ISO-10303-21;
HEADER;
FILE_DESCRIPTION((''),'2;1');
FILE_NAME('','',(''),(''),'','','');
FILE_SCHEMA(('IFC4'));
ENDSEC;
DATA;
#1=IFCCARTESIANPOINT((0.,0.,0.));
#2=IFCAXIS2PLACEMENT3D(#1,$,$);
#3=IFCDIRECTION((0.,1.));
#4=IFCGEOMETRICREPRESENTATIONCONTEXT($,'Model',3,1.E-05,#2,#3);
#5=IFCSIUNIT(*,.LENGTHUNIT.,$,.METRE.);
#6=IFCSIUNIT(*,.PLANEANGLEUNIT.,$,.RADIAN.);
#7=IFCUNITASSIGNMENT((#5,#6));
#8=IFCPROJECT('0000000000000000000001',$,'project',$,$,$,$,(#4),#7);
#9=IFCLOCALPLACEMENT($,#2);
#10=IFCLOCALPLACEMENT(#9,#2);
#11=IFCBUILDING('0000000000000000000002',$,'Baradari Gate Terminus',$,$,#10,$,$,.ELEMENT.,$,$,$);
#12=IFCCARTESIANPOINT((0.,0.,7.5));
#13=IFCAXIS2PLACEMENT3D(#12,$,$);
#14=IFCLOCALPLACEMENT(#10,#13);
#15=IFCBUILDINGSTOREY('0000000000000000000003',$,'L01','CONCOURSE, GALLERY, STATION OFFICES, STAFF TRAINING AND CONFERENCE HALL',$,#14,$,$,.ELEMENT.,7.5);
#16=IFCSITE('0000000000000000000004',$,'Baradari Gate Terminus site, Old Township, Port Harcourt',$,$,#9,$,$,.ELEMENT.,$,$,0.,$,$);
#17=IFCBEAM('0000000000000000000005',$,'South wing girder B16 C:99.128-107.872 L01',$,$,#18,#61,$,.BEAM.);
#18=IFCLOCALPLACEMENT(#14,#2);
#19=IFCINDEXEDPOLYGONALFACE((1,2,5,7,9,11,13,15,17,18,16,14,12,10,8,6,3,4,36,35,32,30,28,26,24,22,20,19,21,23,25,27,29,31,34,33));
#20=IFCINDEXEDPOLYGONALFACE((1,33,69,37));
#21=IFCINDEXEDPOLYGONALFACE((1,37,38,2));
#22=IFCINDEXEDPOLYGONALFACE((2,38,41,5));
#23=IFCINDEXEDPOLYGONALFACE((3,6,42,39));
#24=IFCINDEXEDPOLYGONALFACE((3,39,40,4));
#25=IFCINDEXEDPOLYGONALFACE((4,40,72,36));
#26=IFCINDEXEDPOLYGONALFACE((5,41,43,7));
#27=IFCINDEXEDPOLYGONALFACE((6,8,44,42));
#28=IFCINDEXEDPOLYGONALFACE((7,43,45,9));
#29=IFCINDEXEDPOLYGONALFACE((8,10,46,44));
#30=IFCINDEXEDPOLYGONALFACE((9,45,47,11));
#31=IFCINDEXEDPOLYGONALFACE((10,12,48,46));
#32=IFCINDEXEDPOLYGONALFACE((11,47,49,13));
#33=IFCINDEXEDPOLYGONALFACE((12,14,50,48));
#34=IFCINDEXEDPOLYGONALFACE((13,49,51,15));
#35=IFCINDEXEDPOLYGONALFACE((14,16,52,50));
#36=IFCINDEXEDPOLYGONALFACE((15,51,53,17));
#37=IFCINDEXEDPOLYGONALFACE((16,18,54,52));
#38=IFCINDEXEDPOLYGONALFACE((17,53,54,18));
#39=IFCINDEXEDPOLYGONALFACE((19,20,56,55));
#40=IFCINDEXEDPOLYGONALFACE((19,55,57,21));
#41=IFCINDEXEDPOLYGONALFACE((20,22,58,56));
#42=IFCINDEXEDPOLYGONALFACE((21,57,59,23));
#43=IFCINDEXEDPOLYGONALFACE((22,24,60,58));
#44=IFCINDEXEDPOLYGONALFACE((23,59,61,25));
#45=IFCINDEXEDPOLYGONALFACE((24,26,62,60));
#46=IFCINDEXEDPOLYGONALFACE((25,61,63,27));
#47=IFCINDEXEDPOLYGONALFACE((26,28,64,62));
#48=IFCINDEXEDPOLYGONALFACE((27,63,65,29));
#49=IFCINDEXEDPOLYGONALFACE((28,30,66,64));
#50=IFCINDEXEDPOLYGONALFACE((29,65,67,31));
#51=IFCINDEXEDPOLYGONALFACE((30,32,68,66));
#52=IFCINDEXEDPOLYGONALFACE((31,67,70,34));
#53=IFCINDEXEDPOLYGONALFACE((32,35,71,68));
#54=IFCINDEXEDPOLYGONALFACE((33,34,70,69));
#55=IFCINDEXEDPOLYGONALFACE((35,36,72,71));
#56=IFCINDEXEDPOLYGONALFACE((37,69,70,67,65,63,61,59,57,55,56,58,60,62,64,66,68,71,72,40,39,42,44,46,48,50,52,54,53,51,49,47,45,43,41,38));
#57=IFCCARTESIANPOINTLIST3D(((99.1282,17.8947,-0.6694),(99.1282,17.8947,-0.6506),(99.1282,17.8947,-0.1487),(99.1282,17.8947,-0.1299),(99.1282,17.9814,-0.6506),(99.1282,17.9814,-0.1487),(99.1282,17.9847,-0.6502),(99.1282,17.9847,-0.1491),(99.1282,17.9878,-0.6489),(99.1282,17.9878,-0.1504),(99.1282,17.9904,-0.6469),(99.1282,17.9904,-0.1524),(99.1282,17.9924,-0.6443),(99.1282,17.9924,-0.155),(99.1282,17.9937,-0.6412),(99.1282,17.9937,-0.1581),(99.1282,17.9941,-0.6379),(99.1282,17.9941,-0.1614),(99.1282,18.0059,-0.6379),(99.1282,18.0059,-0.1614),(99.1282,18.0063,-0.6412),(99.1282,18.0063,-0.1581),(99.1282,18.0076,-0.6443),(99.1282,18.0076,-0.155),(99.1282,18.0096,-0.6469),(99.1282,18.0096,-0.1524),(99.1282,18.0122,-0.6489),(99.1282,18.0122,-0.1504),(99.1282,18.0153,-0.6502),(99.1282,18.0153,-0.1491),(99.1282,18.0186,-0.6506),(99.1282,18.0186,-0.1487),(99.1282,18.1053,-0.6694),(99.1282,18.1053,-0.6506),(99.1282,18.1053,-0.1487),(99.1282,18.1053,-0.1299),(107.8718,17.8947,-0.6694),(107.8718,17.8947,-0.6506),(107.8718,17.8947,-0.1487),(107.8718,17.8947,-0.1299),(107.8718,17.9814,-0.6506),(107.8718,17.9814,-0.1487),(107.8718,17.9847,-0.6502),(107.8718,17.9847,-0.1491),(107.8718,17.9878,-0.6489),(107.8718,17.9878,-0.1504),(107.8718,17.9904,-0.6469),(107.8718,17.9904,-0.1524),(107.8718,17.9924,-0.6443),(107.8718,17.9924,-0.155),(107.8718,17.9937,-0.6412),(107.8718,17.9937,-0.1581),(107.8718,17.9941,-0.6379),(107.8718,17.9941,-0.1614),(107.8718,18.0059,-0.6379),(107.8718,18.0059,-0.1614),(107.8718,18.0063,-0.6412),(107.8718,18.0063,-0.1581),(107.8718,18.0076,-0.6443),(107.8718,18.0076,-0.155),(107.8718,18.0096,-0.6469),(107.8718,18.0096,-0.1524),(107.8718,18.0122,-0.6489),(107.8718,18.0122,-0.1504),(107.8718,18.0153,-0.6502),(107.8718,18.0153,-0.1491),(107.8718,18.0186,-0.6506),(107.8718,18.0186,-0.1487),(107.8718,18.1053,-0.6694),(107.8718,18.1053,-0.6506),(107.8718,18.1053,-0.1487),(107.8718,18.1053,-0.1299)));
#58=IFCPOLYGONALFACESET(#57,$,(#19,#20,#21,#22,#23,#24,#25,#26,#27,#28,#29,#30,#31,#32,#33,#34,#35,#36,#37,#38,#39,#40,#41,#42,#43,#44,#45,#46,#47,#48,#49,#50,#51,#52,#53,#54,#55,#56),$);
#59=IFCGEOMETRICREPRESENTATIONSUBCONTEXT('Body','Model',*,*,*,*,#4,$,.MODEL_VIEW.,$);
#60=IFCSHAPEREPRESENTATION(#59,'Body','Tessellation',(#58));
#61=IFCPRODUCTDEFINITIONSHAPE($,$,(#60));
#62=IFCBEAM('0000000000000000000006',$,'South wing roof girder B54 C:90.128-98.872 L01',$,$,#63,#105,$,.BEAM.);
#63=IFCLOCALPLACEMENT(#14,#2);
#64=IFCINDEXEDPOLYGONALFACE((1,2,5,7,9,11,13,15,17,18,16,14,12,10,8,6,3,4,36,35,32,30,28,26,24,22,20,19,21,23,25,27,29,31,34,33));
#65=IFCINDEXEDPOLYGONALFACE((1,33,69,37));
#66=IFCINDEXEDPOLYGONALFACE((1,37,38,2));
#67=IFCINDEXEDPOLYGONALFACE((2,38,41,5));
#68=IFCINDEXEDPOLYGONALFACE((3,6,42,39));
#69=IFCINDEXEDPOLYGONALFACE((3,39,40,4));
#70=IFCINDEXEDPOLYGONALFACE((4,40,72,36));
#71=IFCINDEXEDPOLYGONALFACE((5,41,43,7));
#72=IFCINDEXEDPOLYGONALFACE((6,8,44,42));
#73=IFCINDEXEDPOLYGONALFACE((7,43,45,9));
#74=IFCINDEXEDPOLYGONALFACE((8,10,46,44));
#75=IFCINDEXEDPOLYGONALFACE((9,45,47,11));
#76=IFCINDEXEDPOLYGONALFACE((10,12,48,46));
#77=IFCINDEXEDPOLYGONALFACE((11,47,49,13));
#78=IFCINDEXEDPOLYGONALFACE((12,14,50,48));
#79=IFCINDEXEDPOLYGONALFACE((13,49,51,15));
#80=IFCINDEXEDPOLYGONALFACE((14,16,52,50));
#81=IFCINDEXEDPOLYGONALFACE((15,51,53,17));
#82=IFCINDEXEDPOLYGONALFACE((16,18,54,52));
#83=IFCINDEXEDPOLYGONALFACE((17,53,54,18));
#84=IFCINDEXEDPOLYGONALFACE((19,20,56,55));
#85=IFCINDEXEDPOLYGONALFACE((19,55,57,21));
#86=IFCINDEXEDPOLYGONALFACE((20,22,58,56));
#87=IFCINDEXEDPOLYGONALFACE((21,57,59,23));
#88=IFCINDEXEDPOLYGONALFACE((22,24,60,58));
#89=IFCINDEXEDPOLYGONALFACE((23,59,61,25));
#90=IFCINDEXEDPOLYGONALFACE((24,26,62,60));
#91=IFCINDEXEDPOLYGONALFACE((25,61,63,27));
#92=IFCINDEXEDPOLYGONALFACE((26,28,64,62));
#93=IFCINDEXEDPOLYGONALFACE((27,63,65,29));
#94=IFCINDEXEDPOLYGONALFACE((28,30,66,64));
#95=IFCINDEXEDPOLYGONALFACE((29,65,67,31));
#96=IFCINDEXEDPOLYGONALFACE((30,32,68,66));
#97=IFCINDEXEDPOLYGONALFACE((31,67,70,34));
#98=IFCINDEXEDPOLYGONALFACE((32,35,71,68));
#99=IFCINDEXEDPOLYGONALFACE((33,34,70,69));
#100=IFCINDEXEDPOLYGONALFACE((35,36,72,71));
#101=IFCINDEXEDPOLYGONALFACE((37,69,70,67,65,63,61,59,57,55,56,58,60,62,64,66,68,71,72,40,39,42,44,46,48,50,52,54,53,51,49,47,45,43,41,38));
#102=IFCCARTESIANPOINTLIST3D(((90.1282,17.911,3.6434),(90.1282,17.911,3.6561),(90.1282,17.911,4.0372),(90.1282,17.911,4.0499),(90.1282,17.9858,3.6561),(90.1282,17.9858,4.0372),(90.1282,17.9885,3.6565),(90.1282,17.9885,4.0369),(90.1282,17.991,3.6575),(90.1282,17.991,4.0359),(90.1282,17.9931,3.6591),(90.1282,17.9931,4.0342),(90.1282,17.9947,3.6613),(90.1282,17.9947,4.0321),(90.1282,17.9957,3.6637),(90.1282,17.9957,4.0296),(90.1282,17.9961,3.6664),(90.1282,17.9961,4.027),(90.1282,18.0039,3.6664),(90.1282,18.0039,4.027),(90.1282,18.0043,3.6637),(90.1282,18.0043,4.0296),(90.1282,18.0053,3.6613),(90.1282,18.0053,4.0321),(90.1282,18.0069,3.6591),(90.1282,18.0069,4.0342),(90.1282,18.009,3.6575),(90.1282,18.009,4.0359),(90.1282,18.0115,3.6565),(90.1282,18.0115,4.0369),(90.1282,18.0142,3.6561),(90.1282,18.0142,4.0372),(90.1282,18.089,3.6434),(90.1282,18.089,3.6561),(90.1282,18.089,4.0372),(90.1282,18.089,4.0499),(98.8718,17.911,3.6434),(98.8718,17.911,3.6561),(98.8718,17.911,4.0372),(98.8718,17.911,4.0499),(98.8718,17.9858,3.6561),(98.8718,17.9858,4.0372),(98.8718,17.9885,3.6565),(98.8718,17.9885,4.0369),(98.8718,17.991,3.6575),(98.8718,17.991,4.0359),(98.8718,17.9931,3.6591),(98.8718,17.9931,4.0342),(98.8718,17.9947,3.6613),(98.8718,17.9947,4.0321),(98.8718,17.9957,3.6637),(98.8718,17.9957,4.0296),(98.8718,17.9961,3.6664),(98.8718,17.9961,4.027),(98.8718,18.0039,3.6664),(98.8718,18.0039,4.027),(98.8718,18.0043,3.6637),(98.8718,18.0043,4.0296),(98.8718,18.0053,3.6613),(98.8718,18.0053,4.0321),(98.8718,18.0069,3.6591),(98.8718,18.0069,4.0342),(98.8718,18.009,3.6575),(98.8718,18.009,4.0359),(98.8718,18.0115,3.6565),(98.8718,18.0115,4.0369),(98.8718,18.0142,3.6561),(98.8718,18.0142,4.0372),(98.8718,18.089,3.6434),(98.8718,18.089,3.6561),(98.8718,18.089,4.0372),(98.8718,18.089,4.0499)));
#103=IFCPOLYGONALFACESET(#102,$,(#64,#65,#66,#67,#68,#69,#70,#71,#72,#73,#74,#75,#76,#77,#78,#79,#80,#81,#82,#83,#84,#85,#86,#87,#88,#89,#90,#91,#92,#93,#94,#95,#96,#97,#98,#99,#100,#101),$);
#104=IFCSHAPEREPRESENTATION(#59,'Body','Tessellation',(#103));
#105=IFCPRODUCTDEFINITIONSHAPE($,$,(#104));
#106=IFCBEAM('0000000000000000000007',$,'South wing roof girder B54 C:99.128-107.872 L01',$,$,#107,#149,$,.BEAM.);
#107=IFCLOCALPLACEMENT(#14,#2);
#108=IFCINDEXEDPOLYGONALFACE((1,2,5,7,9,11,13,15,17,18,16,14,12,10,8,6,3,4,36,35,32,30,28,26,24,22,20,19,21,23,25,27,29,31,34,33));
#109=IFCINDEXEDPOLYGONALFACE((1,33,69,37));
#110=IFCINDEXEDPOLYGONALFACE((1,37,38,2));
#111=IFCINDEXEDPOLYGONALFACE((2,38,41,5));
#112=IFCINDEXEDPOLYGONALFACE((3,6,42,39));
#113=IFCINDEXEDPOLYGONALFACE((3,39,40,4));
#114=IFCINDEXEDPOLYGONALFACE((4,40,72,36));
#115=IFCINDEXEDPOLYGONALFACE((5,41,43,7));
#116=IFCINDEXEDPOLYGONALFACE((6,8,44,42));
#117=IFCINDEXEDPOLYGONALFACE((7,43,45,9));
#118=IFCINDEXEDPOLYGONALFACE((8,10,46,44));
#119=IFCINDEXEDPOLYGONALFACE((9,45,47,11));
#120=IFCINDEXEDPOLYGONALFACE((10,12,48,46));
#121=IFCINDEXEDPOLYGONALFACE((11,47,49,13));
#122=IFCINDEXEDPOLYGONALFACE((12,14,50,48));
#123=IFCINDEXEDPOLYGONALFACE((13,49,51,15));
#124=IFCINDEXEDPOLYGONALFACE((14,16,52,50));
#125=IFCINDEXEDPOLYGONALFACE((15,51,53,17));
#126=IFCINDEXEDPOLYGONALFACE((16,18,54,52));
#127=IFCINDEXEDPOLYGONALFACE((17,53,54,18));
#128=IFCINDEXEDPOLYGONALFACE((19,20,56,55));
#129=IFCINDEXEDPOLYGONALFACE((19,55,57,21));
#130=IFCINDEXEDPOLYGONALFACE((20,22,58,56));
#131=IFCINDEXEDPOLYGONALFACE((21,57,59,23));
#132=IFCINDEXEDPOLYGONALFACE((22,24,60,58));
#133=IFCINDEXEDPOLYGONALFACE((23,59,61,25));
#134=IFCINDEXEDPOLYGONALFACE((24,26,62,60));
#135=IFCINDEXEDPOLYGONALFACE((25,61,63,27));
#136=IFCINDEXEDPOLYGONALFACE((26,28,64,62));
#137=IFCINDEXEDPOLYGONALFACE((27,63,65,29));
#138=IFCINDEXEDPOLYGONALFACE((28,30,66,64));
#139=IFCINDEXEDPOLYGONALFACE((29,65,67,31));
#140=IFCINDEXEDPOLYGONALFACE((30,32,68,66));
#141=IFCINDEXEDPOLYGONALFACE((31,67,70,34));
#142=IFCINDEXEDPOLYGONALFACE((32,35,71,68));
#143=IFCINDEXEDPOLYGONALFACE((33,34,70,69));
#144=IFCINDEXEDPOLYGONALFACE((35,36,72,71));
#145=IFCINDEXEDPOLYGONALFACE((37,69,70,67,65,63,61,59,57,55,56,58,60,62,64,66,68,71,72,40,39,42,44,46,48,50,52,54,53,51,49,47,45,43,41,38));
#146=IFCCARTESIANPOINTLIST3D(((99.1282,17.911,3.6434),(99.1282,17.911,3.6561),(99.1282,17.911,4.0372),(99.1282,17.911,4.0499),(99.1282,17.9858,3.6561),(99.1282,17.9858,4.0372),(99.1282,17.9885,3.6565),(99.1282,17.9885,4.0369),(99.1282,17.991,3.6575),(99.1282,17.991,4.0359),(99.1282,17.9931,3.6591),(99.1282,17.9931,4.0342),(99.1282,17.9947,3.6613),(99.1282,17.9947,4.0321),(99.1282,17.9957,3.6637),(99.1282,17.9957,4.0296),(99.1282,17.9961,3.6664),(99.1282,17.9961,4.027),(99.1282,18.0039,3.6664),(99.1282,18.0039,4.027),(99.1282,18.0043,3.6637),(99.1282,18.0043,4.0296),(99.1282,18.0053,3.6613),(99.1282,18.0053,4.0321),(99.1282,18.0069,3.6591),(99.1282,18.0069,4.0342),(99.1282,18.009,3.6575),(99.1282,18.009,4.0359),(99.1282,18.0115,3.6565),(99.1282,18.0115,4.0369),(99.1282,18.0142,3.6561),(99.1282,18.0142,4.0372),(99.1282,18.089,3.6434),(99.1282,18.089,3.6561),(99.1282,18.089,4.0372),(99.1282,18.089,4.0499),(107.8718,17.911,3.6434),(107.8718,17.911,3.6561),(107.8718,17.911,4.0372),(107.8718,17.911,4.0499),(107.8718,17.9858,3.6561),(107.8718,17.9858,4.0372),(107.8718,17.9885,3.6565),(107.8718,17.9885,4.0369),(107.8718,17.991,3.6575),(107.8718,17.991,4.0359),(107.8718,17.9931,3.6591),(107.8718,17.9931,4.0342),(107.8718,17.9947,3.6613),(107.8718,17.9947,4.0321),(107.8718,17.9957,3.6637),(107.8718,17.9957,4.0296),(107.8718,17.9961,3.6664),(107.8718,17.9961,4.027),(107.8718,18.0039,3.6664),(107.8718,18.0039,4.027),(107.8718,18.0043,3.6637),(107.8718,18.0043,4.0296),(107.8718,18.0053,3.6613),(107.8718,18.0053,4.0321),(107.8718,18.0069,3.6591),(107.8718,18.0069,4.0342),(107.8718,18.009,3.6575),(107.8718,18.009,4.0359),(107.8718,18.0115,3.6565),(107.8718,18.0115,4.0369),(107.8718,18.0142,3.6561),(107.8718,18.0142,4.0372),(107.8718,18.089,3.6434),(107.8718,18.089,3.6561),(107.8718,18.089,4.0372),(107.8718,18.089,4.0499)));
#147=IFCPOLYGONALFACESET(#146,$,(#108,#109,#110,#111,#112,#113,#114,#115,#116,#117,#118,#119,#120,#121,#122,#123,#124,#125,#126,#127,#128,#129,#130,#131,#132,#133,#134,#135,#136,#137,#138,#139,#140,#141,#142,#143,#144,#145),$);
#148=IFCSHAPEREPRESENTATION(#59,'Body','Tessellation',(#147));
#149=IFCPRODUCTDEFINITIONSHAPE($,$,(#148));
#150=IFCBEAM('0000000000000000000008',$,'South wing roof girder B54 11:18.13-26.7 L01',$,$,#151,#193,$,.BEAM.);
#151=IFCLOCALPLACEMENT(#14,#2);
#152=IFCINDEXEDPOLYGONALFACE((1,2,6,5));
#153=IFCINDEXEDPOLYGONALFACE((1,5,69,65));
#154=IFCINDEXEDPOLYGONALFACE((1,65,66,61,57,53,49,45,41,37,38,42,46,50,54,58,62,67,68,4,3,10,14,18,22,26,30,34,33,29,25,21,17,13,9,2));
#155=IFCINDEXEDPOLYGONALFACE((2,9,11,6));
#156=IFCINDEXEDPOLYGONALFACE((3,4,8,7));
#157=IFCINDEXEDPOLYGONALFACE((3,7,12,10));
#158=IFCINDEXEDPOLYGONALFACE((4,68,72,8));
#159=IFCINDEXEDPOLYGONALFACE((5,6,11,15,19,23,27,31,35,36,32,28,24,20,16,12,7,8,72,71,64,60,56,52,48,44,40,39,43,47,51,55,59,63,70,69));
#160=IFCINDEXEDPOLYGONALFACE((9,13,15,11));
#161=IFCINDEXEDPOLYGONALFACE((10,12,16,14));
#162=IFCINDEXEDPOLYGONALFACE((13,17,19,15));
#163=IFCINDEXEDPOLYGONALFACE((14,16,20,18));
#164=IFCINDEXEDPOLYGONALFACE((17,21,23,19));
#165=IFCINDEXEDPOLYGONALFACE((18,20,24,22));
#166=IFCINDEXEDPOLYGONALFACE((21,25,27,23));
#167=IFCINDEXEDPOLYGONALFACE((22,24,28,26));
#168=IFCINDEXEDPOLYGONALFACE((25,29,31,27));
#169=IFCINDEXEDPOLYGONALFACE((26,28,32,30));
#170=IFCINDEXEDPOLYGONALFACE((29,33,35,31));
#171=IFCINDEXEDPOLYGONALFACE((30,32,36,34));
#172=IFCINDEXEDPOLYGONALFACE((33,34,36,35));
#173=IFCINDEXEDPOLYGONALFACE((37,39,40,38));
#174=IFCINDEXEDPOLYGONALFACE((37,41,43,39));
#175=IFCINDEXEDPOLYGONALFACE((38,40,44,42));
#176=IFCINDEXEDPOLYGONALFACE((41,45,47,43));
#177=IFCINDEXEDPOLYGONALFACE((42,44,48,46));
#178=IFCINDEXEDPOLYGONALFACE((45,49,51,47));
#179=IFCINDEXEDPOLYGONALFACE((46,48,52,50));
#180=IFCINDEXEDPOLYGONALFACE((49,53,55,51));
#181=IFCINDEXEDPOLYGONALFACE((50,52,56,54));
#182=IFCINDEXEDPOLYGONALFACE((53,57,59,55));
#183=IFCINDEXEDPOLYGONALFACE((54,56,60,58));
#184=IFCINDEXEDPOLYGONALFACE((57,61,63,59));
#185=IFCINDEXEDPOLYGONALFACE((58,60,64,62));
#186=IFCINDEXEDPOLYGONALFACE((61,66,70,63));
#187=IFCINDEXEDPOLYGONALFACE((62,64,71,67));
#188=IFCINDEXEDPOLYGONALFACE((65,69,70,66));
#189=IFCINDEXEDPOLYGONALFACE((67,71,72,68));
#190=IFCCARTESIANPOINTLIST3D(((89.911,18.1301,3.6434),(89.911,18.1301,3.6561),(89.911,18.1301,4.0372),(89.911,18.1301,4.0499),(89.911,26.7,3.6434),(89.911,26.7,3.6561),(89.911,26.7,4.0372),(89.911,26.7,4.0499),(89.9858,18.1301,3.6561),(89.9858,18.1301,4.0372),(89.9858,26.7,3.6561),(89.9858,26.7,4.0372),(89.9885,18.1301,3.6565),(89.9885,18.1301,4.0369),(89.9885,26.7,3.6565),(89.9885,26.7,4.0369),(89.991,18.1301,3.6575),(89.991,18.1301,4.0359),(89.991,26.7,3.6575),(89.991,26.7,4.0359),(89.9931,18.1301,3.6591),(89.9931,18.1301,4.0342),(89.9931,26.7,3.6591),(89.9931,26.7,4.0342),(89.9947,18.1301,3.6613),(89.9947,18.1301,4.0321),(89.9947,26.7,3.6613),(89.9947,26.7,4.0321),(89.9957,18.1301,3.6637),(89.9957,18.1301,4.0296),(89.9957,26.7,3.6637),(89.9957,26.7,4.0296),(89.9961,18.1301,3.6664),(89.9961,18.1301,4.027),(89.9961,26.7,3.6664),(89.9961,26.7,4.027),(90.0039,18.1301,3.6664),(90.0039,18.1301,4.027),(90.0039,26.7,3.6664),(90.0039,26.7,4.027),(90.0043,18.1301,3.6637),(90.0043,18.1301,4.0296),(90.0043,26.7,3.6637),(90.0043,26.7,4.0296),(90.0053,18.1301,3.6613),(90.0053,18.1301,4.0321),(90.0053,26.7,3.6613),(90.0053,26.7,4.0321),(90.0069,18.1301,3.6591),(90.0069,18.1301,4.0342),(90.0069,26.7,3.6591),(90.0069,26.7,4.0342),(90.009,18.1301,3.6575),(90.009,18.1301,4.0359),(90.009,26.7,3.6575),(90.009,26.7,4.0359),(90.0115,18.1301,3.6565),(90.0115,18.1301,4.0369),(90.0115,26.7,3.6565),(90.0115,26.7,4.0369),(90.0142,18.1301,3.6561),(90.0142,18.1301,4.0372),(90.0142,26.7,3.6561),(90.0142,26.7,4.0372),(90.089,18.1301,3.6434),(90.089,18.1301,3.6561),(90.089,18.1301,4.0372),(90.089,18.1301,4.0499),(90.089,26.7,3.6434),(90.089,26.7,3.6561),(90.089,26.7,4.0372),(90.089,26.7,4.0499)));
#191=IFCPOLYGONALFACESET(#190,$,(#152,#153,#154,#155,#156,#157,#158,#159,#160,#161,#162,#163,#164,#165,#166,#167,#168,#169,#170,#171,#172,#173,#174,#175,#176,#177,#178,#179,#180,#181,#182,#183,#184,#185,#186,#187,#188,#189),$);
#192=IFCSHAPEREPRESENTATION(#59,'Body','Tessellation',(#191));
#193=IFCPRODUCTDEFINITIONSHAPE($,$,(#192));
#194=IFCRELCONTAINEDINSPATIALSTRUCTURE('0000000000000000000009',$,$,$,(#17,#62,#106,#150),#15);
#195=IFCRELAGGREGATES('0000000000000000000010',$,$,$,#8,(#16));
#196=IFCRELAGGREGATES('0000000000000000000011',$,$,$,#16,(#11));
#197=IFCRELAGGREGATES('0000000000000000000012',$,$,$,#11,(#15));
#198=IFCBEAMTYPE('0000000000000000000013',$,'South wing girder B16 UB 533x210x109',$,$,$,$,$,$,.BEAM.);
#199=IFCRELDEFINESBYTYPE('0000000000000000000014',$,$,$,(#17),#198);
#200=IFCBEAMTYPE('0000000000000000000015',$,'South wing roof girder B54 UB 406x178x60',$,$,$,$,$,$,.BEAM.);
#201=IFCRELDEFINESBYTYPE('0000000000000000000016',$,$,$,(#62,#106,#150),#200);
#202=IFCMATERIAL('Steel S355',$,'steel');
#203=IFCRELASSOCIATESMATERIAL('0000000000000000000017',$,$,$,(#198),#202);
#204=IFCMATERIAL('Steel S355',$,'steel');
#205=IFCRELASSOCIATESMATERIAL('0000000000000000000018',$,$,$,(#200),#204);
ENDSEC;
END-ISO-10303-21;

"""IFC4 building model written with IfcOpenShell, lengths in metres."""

from ifc_helpers import new_model, si_unit, direction, frame, origin, origin_2d, place, context, subcontext, project, spatial, i_section, extrude, material, material_profile, profile_set, type_object, element, save


model = new_model("IFC4")

# Units and contexts
model_context = context("Model", 3, precision=1e-05, world=origin(), true_north=direction((0.0, 1.0)))
body_context = subcontext(model_context, "Body", "Model", "MODEL_VIEW")
ifc_project = project(units=[si_unit("LENGTHUNIT", "METRE"), si_unit("PLANEANGLEUNIT", "RADIAN")], contexts=[model_context])

# Site, building, storey
site_placement = place(None, origin())
site = spatial("IfcSite", under=ifc_project, at=site_placement, Name="Baradari Gate Terminus site, Old Township, Port Harcourt", CompositionType="ELEMENT", RefElevation=0.0)
building_placement = place(site_placement, origin())
building = spatial("IfcBuilding", under=site, at=building_placement, Name="Baradari Gate Terminus", CompositionType="ELEMENT")
storey_placement = place(building_placement, frame((0.0, 0.0, 7.5)))
storey = spatial("IfcBuildingStorey", under=building, at=storey_placement, Name="L01", Description="CONCOURSE, GALLERY, STATION OFFICES, STAFF TRAINING AND CONFERENCE HALL", CompositionType="ELEMENT", Elevation=7.5)

# Beams
ifc_material_1 = material(Name="Steel S355", Category="steel")
ifc_material_profile_1 = material_profile(ifc_material_1, i_section(OverallWidth=0.2107, OverallDepth=0.5396, WebThickness=0.0117, FlangeThickness=0.0188, FilletRadius=0.0127, at=origin_2d()), Name="UB 533x210x109")
ifc_profile_set_1 = profile_set([ifc_material_profile_1], Name="Steel S355")
beam_type_1 = type_object("IfcBeamType", Name="South wing girder B16 UB 533x210x109", PredefinedType="BEAM", material=ifc_profile_set_1)
for number, where, z_axis, x_axis, name in (
    (1, (99.1282, 18.0, -0.3997), (1.0, 0.0, 0.0), (0.0, 1.0, 0.0), "South wing girder B16 C:99.128-107.872 L01"),
):
    element("IfcBeam", number, at=place(storey_placement, frame(where, z_axis=z_axis, x_axis=x_axis)), inside=storey, type_object=beam_type_1, Name=name, PredefinedType="BEAM", context=body_context, shape_type="SweptSolid", body=[
        extrude(i_section(OverallWidth=0.2107, OverallDepth=0.5396, WebThickness=0.0117, FlangeThickness=0.0188, FilletRadius=0.0127, at=origin_2d()), origin(), (0.0, 0.0, 1.0), 8.7437),
    ])
ifc_material_2 = material(Name="Steel S355", Category="steel")
ifc_material_profile_2 = material_profile(ifc_material_2, i_section(OverallWidth=0.178, OverallDepth=0.4065, WebThickness=0.0078, FlangeThickness=0.0127, FilletRadius=0.0103, at=origin_2d()), Name="UB 406x178x60")
ifc_profile_set_2 = profile_set([ifc_material_profile_2], Name="Steel S355")
beam_type_2 = type_object("IfcBeamType", Name="South wing roof girder B54 UB 406x178x60", PredefinedType="BEAM", material=ifc_profile_set_2)
for number, where, z_axis, x_axis, name in (
    (2, (90.1282, 18.0, 3.8467), (1.0, 0.0, 0.0), (0.0, 1.0, 0.0), "South wing roof girder B54 C:90.128-98.872 L01"),
    (3, (99.1282, 18.0, 3.8467), (1.0, 0.0, 0.0), (0.0, 1.0, 0.0), "South wing roof girder B54 C:99.128-107.872 L01"),
):
    element("IfcBeam", number, at=place(storey_placement, frame(where, z_axis=z_axis, x_axis=x_axis)), inside=storey, type_object=beam_type_2, Name=name, PredefinedType="BEAM", context=body_context, shape_type="SweptSolid", body=[
        extrude(i_section(OverallWidth=0.178, OverallDepth=0.4065, WebThickness=0.0078, FlangeThickness=0.0127, FilletRadius=0.0103, at=origin_2d()), origin(), (0.0, 0.0, 1.0), 8.7437),
    ])
beam_1_placement = place(storey_placement, frame((90.0, 18.1301, 3.8467), z_axis=(0.0, 1.0, 0.0), x_axis=(-1.0, 0.0, 0.0)))
element("IfcBeam", 4, at=beam_1_placement, inside=storey, type_object=beam_type_2, Name="South wing roof girder B54 11:18.13-26.7 L01", PredefinedType="BEAM", context=body_context, shape_type="SweptSolid", body=[
    extrude(i_section(OverallWidth=0.178, OverallDepth=0.4065, WebThickness=0.0078, FlangeThickness=0.0127, FilletRadius=0.0103, at=origin_2d()), origin(), (0.0, 0.0, 1.0), 8.5698),
])

save(model, "model.ifc")
